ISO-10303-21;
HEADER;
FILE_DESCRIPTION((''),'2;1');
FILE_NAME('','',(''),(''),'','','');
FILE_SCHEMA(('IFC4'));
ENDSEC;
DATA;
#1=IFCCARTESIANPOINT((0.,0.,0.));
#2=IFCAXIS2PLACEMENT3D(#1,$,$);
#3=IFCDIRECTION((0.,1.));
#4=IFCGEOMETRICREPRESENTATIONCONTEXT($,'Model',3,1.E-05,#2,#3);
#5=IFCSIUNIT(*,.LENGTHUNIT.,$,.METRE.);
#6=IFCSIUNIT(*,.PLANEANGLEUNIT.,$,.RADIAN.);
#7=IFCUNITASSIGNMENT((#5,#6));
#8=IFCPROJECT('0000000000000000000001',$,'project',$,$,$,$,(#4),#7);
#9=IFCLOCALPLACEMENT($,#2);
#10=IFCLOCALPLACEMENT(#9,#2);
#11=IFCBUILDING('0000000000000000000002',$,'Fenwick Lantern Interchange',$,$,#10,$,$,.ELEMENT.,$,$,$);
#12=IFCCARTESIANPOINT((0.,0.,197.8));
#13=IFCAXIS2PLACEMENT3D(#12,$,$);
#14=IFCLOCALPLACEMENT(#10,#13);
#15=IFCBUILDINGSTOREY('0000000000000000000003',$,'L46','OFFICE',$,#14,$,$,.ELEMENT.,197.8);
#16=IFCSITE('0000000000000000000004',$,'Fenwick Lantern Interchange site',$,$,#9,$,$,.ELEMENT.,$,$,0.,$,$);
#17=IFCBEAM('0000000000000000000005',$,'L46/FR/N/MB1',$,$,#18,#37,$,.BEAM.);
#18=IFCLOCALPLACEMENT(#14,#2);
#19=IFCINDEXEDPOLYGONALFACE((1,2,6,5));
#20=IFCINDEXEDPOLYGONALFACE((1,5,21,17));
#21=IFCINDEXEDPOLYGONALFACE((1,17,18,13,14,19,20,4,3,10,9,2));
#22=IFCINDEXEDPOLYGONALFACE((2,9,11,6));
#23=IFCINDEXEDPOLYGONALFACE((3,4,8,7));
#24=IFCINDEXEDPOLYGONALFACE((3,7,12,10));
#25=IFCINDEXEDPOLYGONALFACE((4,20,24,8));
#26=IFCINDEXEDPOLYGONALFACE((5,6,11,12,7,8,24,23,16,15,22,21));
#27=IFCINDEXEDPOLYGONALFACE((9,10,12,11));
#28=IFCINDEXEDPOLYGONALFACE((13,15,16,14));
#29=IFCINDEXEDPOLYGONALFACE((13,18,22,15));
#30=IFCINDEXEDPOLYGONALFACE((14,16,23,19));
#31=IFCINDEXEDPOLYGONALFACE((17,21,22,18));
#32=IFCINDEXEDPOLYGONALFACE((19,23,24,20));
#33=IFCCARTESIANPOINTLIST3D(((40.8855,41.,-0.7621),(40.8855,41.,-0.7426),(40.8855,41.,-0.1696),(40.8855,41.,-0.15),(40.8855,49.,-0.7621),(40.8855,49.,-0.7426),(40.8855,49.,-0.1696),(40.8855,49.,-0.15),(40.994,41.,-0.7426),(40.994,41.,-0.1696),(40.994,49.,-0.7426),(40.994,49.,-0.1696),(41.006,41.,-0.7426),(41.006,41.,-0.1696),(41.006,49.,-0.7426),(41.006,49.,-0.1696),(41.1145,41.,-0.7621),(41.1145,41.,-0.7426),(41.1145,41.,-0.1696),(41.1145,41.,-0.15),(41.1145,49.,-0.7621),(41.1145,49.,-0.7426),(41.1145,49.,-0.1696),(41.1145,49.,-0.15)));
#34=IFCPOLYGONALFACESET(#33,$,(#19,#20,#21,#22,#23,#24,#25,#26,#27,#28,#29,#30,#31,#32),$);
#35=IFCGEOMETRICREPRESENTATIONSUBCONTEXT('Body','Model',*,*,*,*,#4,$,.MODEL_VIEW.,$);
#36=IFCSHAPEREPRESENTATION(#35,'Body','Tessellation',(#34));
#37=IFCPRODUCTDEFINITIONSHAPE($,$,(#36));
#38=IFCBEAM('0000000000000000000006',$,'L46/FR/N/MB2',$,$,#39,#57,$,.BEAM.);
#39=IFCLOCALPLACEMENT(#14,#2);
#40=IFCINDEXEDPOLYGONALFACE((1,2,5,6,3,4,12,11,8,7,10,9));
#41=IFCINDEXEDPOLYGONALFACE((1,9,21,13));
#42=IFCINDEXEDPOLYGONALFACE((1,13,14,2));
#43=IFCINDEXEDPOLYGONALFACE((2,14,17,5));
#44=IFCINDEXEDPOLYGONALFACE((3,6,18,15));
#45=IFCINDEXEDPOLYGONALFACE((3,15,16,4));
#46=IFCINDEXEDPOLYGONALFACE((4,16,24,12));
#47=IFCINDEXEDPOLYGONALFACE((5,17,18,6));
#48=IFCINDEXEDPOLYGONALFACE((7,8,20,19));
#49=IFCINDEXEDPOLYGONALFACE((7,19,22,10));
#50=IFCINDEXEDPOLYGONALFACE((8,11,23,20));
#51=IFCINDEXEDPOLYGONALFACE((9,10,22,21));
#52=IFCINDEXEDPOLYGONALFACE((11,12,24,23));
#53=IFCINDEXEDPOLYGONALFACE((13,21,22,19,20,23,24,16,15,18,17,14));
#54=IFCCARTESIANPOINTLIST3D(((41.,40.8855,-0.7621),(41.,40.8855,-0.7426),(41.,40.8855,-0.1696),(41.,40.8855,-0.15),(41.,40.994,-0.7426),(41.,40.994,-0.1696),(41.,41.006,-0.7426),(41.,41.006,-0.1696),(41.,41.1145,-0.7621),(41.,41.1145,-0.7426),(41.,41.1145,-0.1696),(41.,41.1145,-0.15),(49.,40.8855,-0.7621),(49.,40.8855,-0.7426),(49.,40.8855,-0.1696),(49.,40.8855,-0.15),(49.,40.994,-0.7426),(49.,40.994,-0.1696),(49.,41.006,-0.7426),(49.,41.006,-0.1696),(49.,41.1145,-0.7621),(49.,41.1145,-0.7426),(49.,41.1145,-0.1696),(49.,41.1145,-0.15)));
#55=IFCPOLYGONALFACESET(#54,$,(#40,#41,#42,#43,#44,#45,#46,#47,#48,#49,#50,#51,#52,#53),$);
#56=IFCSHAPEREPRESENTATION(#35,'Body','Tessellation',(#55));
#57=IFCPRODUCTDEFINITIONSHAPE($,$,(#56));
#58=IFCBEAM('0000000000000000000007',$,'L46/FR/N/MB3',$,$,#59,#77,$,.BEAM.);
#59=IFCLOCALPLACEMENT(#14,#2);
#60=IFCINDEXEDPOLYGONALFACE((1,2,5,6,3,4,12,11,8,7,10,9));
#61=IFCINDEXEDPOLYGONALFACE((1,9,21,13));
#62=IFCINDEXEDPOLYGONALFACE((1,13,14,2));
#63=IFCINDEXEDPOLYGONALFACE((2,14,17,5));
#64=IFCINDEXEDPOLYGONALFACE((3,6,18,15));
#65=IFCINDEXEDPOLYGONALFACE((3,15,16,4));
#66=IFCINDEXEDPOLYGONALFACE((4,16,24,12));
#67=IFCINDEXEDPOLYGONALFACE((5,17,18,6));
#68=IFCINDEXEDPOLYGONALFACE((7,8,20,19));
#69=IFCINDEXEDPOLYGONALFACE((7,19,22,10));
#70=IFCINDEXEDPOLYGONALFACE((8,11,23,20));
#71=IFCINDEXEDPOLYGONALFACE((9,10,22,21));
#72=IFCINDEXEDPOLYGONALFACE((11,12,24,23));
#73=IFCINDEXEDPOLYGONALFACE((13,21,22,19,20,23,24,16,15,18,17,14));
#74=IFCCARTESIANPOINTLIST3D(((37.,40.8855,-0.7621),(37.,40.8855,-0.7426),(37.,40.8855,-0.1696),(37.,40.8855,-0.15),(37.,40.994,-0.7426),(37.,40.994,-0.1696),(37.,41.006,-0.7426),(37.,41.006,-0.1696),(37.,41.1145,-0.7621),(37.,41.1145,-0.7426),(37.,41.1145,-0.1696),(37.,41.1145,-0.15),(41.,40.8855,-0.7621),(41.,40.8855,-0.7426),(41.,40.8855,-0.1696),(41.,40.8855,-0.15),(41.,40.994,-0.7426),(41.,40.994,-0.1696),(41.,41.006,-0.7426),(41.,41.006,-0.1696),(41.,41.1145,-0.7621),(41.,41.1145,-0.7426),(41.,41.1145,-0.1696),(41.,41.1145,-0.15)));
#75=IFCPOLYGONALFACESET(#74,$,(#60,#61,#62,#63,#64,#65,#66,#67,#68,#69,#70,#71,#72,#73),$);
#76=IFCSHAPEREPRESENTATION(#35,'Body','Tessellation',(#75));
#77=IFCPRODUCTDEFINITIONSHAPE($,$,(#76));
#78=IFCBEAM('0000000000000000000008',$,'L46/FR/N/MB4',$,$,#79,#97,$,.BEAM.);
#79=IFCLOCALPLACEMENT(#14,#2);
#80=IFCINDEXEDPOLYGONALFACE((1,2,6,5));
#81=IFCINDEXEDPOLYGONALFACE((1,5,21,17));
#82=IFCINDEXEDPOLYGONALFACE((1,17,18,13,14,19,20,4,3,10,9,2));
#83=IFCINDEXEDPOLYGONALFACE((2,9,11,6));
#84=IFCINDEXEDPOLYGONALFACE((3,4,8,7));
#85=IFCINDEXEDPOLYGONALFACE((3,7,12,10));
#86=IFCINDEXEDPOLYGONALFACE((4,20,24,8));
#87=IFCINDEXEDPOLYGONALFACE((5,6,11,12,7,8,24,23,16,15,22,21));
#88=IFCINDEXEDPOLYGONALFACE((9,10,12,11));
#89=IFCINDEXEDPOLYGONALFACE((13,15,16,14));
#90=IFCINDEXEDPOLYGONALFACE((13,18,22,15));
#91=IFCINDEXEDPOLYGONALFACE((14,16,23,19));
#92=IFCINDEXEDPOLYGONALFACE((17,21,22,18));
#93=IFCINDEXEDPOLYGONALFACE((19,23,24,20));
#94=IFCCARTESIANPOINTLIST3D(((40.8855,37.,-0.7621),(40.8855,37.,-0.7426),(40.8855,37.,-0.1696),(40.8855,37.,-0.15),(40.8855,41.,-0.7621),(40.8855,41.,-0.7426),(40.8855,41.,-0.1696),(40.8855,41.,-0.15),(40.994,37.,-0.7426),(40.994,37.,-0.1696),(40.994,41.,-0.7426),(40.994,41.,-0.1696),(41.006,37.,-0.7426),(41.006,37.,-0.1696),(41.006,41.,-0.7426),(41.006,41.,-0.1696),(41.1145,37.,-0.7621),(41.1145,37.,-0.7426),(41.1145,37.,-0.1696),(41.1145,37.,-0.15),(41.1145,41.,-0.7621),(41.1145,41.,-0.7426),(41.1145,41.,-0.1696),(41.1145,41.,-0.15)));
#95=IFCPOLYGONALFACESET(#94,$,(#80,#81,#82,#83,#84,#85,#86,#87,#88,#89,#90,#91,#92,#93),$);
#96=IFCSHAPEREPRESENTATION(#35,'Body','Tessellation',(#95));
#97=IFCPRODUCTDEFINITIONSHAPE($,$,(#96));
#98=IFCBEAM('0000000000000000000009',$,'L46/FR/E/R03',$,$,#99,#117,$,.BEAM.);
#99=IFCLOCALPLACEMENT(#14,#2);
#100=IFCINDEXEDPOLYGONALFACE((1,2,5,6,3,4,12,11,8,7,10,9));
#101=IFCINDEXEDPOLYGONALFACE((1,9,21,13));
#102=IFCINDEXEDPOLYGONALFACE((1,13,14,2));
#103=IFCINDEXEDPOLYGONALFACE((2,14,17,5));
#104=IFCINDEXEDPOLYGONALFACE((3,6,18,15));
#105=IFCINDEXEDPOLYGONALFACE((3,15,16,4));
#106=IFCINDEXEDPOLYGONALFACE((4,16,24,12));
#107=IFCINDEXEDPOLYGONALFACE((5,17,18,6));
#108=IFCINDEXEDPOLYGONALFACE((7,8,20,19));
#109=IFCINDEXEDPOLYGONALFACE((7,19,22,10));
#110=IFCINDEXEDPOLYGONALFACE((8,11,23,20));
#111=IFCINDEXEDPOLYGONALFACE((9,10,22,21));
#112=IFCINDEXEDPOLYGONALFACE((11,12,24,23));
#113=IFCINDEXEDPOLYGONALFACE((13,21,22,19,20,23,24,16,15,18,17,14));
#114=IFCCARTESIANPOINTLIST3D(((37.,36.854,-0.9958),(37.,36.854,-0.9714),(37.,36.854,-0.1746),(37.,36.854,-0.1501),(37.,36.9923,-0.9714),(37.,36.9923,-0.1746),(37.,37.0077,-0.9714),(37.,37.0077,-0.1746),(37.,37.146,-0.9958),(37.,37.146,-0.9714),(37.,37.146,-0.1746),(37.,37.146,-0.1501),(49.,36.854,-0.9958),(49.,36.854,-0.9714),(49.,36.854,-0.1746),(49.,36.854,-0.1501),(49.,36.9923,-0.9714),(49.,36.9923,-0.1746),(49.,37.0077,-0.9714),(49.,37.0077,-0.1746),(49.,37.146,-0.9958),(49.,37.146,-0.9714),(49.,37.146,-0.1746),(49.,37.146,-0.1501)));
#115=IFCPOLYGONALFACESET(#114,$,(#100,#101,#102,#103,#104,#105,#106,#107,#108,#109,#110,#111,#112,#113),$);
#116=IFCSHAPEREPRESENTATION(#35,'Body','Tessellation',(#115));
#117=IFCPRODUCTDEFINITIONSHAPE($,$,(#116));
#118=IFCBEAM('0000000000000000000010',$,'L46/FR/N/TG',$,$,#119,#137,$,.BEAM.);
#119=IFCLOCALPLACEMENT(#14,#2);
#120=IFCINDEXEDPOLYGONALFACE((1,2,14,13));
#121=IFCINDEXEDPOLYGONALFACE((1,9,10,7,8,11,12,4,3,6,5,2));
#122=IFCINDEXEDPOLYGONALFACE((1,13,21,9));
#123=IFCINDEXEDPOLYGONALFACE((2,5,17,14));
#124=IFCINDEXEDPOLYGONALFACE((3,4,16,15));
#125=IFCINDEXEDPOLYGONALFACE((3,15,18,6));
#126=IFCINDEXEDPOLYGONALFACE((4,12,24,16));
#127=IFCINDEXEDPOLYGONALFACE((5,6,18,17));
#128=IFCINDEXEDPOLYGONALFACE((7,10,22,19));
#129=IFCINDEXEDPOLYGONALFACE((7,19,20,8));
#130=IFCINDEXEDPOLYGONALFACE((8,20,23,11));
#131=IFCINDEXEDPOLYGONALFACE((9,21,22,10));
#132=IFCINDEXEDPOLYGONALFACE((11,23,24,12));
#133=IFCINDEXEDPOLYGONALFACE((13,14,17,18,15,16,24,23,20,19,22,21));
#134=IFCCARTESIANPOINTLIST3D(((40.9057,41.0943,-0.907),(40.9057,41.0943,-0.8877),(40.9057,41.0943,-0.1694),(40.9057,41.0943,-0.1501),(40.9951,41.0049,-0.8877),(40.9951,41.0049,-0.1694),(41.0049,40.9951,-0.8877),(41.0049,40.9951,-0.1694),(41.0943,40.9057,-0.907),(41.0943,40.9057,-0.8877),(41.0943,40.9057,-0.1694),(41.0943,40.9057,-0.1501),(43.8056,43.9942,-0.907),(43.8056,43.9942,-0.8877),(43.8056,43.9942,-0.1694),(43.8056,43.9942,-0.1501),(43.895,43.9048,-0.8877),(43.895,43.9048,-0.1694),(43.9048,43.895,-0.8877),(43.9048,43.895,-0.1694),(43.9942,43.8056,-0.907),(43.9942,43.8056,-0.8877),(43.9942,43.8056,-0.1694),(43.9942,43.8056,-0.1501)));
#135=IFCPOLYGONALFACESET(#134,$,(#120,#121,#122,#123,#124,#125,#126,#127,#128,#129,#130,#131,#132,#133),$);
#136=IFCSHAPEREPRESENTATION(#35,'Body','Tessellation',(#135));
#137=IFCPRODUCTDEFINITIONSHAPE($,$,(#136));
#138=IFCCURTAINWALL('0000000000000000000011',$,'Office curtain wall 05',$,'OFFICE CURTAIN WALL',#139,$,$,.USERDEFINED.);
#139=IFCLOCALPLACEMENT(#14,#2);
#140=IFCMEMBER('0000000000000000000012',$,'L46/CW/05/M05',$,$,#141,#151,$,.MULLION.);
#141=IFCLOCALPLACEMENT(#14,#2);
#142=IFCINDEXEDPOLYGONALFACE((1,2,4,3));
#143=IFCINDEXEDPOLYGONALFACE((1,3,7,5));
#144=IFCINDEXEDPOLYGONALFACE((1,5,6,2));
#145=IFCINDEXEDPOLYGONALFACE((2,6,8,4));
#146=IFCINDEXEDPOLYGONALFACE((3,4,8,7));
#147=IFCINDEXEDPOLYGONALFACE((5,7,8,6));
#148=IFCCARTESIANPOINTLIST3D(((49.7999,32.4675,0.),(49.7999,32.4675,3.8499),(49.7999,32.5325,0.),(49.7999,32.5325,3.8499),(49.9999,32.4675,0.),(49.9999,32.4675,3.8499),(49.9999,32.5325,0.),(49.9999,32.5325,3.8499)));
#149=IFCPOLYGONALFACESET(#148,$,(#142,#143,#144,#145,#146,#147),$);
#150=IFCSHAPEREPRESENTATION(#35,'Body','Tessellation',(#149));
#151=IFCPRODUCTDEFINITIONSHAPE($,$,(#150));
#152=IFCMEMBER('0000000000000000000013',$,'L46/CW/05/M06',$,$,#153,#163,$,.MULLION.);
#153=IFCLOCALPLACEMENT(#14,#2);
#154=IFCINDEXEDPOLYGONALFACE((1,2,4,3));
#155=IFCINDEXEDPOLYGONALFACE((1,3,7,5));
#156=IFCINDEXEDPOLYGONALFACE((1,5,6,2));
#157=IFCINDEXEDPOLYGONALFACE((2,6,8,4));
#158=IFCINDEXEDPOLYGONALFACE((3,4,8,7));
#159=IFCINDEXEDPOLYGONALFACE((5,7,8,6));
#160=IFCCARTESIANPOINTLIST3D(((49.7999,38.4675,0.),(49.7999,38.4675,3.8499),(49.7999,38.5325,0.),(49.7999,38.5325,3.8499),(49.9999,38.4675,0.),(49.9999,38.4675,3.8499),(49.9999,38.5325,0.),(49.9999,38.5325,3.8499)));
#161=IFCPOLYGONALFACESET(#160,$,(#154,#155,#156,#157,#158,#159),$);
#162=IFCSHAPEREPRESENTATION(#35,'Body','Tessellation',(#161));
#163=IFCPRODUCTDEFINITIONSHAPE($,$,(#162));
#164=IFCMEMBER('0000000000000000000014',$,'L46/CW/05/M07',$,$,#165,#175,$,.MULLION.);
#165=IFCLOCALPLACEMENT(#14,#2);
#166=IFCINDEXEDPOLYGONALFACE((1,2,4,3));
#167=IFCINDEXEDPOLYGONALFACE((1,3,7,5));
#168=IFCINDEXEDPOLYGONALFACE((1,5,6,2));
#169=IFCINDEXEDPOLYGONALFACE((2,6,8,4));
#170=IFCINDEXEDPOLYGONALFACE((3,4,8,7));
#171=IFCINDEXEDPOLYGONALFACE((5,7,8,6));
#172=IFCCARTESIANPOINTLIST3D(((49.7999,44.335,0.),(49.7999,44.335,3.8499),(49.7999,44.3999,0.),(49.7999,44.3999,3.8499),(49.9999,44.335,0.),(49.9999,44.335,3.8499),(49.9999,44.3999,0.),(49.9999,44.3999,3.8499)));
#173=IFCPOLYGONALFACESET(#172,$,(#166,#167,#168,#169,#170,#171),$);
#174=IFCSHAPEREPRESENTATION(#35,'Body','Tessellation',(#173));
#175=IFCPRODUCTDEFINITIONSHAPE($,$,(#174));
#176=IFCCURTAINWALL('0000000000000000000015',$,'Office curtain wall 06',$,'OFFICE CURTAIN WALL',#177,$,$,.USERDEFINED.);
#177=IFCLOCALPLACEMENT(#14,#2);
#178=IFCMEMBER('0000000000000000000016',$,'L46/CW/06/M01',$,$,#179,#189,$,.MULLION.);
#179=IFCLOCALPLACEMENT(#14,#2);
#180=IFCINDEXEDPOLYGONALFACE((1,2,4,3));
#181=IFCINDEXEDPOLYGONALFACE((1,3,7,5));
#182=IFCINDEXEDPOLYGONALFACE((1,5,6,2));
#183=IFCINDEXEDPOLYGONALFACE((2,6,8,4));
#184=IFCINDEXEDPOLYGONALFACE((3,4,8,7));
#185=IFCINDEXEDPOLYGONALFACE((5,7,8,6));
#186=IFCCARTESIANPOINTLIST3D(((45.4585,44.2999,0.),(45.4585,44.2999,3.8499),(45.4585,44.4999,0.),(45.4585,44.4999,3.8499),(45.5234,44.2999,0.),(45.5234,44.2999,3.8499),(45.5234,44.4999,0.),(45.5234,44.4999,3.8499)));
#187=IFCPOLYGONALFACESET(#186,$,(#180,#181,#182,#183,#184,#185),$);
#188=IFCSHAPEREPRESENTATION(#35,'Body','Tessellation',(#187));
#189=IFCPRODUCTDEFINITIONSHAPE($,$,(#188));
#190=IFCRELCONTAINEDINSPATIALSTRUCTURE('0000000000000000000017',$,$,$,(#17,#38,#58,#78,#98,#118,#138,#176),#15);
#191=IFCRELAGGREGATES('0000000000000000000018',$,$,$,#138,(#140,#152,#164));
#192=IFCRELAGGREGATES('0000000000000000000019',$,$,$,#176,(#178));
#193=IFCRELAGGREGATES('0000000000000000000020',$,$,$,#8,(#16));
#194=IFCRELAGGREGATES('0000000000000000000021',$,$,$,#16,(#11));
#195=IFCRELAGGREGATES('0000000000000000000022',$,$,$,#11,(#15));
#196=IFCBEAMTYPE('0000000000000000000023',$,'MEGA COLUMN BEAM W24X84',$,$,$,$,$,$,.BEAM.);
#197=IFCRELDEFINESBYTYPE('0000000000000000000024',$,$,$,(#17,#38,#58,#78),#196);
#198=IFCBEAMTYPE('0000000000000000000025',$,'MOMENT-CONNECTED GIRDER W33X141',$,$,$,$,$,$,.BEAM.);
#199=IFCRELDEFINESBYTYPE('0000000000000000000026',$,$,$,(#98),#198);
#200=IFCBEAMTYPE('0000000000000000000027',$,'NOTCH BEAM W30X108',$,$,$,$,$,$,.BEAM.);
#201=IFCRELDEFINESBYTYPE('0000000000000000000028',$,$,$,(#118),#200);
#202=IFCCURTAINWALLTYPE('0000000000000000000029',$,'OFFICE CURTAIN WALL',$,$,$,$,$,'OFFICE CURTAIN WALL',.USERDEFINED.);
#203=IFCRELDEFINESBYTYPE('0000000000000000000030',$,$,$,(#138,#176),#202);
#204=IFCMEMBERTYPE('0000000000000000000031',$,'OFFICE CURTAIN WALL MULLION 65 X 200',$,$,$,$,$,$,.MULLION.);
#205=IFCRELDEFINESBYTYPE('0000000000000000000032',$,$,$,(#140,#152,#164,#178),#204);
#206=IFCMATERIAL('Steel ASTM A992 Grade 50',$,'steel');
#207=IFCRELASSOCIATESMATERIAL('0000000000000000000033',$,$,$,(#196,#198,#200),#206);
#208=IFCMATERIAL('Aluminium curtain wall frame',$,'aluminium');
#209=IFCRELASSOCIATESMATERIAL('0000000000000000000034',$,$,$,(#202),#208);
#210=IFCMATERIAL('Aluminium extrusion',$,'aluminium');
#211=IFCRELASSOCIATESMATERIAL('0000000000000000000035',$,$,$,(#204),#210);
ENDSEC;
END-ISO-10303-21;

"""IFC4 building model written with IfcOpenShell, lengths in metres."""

from ifc_helpers import new_model, si_unit, direction, frame, origin, origin_2d, place, context, subcontext, project, spatial, rectangle, i_section, extrude, material, material_profile, profile_set, type_object, element, aggregate, save


model = new_model("IFC4")

# Units and contexts
model_context = context("Model", 3, precision=1e-05, world=origin(), true_north=direction((0.0, 1.0)))
body_context = subcontext(model_context, "Body", "Model", "MODEL_VIEW")
ifc_project = project(units=[si_unit("LENGTHUNIT", "METRE"), si_unit("PLANEANGLEUNIT", "RADIAN")], contexts=[model_context])

# Site, building, storey
site_placement = place(None, origin())
site = spatial("IfcSite", under=ifc_project, at=site_placement, Name="Fenwick Lantern Interchange site", CompositionType="ELEMENT", RefElevation=0.0)
building_placement = place(site_placement, origin())
building = spatial("IfcBuilding", under=site, at=building_placement, Name="Fenwick Lantern Interchange", CompositionType="ELEMENT")
storey_placement = place(building_placement, frame((0.0, 0.0, 197.8)))
storey = spatial("IfcBuildingStorey", under=building, at=storey_placement, Name="L46", Description="OFFICE", CompositionType="ELEMENT", Elevation=197.8)

# Shared definitions
ifc_material_1 = material(Name="Steel ASTM A992 Grade 50", Category="steel")

# Beams
ifc_material_profile_1 = material_profile(ifc_material_1, i_section(OverallWidth=0.229, OverallDepth=0.6121, WebThickness=0.012, FlangeThickness=0.0195, at=origin_2d()), Name="W24X84")
ifc_profile_set_1 = profile_set([ifc_material_profile_1], Name="Steel ASTM A992 Grade 50")
beam_type_1 = type_object("IfcBeamType", Name="MEGA COLUMN BEAM W24X84", PredefinedType="BEAM", material=ifc_profile_set_1)
for number, where, z_axis, x_axis, name in (
    (1, (41.0, 41.0, -0.4561), (0.0, 1.0, 0.0), (-1.0, 0.0, 0.0), "L46/FR/N/MB1"),
    (2, (41.0, 41.0, -0.4561), (1.0, 0.0, 0.0), (0.0, 1.0, 0.0), "L46/FR/N/MB2"),
):
    element("IfcBeam", number, at=place(storey_placement, frame(where, z_axis=z_axis, x_axis=x_axis)), inside=storey, type_object=beam_type_1, Name=name, PredefinedType="BEAM", context=body_context, shape_type="SweptSolid", body=[
        extrude(i_section(OverallWidth=0.229, OverallDepth=0.6121, WebThickness=0.012, FlangeThickness=0.0195, at=origin_2d()), origin(), (0.0, 0.0, 1.0), 8.0),
    ])
for number, where, z_axis, x_axis, name in (
    (3, (41.0, 41.0, -0.4561), (-1.0, 0.0, 0.0), (0.0, -1.0, 0.0), "L46/FR/N/MB3"),
    (4, (41.0, 41.0, -0.4561), (0.0, -1.0, 0.0), (1.0, 0.0, 0.0), "L46/FR/N/MB4"),
):
    element("IfcBeam", number, at=place(storey_placement, frame(where, z_axis=z_axis, x_axis=x_axis)), inside=storey, type_object=beam_type_1, Name=name, PredefinedType="BEAM", context=body_context, shape_type="SweptSolid", body=[
        extrude(i_section(OverallWidth=0.229, OverallDepth=0.6121, WebThickness=0.012, FlangeThickness=0.0195, at=origin_2d()), origin(), (0.0, 0.0, 1.0), 4.0),
    ])
ifc_material_profile_2 = material_profile(ifc_material_1, i_section(OverallWidth=0.292, OverallDepth=0.8457, WebThickness=0.0154, FlangeThickness=0.0244, at=origin_2d()), Name="W33X141")
ifc_profile_set_2 = profile_set([ifc_material_profile_2], Name="Steel ASTM A992 Grade 50")
beam_type_2 = type_object("IfcBeamType", Name="MOMENT-CONNECTED GIRDER W33X141", PredefinedType="BEAM", material=ifc_profile_set_2)
beam_1_placement = place(storey_placement, frame((49.0, 37.0, -0.573), z_axis=(-1.0, 0.0, 0.0), x_axis=(0.0, -1.0, 0.0)))
element("IfcBeam", 5, at=beam_1_placement, inside=storey, type_object=beam_type_2, Name="L46/FR/E/R03", PredefinedType="BEAM", context=body_context, shape_type="SweptSolid", body=[
    extrude(i_section(OverallWidth=0.292, OverallDepth=0.8457, WebThickness=0.0154, FlangeThickness=0.0244, at=origin_2d()), origin(), (0.0, 0.0, 1.0), 12.0),
])
ifc_material_profile_3 = material_profile(ifc_material_1, i_section(OverallWidth=0.2666, OverallDepth=0.7568, WebThickness=0.0139, FlangeThickness=0.0193, at=origin_2d()), Name="W30X108")
ifc_profile_set_3 = profile_set([ifc_material_profile_3], Name="Steel ASTM A992 Grade 50")
beam_type_3 = type_object("IfcBeamType", Name="NOTCH BEAM W30X108", PredefinedType="BEAM", material=ifc_profile_set_3)
beam_2_placement = place(storey_placement, frame((41.0, 41.0, -0.5286), z_axis=(0.707107, 0.707107, 0.0), x_axis=(-0.707107, 0.707107, 0.0)))
element("IfcBeam", 6, at=beam_2_placement, inside=storey, type_object=beam_type_3, Name="L46/FR/N/TG", PredefinedType="BEAM", context=body_context, shape_type="SweptSolid", body=[
    extrude(i_section(OverallWidth=0.2666, OverallDepth=0.7568, WebThickness=0.0139, FlangeThickness=0.0193, at=origin_2d()), origin(), (0.0, 0.0, 1.0), 4.1011),
])

# Curtain wall, members
ifc_material_2 = material(Name="Aluminium curtain wall frame", Category="aluminium")
curtain_wall_type = type_object("IfcCurtainWallType", Name="OFFICE CURTAIN WALL", ElementType="OFFICE CURTAIN WALL", PredefinedType="USERDEFINED", material=ifc_material_2)
curtain_wall_1_placement = place(storey_placement, origin())
curtain_wall_1 = element("IfcCurtainWall", 7, at=curtain_wall_1_placement, inside=storey, type_object=curtain_wall_type, Name="Office curtain wall 05", ObjectType="OFFICE CURTAIN WALL", PredefinedType="USERDEFINED")
ifc_material_3 = material(Name="Aluminium extrusion", Category="aluminium")
ifc_material_profile_4 = material_profile(ifc_material_3, rectangle(XDim=0.2, YDim=0.0649, at=origin_2d()), Name="OFFICE CURTAIN WALL MULLION 65 X 200")
ifc_profile_set_4 = profile_set([ifc_material_profile_4], Name="Aluminium extrusion")
member_type_1 = type_object("IfcMemberType", Name="OFFICE CURTAIN WALL MULLION 65 X 200", PredefinedType="MULLION", material=ifc_profile_set_4)
member_1_placement = place(storey_placement, frame((49.8999, 32.5, 0.0), z_axis=(0.0, 0.0, 1.0), x_axis=(-1.0, 0.0, 0.0)))
member_1 = element("IfcMember", 8, at=member_1_placement, type_object=member_type_1, Name="L46/CW/05/M05", PredefinedType="MULLION", context=body_context, shape_type="SweptSolid", body=[
    extrude(rectangle(XDim=0.2, YDim=0.0649, at=origin_2d()), origin(), (0.0, 0.0, 1.0), 3.8499),
])
member_2_placement = place(storey_placement, frame((49.8999, 38.5, 0.0), z_axis=(0.0, 0.0, 1.0), x_axis=(-1.0, 0.0, 0.0)))
member_2 = element("IfcMember", 9, at=member_2_placement, type_object=member_type_1, Name="L46/CW/05/M06", PredefinedType="MULLION", context=body_context, shape_type="SweptSolid", body=[
    extrude(rectangle(XDim=0.2, YDim=0.0649, at=origin_2d()), origin(), (0.0, 0.0, 1.0), 3.8499),
])
member_3_placement = place(storey_placement, frame((49.8999, 44.3674, 0.0), z_axis=(0.0, 0.0, 1.0), x_axis=(-1.0, 0.0, 0.0)))
member_3 = element("IfcMember", 10, at=member_3_placement, type_object=member_type_1, Name="L46/CW/05/M07", PredefinedType="MULLION", context=body_context, shape_type="SweptSolid", body=[
    extrude(rectangle(XDim=0.2, YDim=0.0649, at=origin_2d()), origin(), (0.0, 0.0, 1.0), 3.8499),
])

# Curtain wall, member
curtain_wall_2_placement = place(storey_placement, origin())
curtain_wall_2 = element("IfcCurtainWall", 11, at=curtain_wall_2_placement, inside=storey, type_object=curtain_wall_type, Name="Office curtain wall 06", ObjectType="OFFICE CURTAIN WALL", PredefinedType="USERDEFINED")
member_4_placement = place(storey_placement, frame((45.491, 44.3999, 0.0), z_axis=(0.0, 0.0, 1.0), x_axis=(0.0, -1.0, 0.0)))
member_4 = element("IfcMember", 12, at=member_4_placement, type_object=member_type_1, Name="L46/CW/06/M01", PredefinedType="MULLION", context=body_context, shape_type="SweptSolid", body=[
    extrude(rectangle(XDim=0.2, YDim=0.0649, at=origin_2d()), origin(), (0.0, 0.0, 1.0), 3.8499),
])

aggregate(curtain_wall_1, [member_1, member_2, member_3])

aggregate(curtain_wall_2, [member_4])

save(model, "model.ifc")
